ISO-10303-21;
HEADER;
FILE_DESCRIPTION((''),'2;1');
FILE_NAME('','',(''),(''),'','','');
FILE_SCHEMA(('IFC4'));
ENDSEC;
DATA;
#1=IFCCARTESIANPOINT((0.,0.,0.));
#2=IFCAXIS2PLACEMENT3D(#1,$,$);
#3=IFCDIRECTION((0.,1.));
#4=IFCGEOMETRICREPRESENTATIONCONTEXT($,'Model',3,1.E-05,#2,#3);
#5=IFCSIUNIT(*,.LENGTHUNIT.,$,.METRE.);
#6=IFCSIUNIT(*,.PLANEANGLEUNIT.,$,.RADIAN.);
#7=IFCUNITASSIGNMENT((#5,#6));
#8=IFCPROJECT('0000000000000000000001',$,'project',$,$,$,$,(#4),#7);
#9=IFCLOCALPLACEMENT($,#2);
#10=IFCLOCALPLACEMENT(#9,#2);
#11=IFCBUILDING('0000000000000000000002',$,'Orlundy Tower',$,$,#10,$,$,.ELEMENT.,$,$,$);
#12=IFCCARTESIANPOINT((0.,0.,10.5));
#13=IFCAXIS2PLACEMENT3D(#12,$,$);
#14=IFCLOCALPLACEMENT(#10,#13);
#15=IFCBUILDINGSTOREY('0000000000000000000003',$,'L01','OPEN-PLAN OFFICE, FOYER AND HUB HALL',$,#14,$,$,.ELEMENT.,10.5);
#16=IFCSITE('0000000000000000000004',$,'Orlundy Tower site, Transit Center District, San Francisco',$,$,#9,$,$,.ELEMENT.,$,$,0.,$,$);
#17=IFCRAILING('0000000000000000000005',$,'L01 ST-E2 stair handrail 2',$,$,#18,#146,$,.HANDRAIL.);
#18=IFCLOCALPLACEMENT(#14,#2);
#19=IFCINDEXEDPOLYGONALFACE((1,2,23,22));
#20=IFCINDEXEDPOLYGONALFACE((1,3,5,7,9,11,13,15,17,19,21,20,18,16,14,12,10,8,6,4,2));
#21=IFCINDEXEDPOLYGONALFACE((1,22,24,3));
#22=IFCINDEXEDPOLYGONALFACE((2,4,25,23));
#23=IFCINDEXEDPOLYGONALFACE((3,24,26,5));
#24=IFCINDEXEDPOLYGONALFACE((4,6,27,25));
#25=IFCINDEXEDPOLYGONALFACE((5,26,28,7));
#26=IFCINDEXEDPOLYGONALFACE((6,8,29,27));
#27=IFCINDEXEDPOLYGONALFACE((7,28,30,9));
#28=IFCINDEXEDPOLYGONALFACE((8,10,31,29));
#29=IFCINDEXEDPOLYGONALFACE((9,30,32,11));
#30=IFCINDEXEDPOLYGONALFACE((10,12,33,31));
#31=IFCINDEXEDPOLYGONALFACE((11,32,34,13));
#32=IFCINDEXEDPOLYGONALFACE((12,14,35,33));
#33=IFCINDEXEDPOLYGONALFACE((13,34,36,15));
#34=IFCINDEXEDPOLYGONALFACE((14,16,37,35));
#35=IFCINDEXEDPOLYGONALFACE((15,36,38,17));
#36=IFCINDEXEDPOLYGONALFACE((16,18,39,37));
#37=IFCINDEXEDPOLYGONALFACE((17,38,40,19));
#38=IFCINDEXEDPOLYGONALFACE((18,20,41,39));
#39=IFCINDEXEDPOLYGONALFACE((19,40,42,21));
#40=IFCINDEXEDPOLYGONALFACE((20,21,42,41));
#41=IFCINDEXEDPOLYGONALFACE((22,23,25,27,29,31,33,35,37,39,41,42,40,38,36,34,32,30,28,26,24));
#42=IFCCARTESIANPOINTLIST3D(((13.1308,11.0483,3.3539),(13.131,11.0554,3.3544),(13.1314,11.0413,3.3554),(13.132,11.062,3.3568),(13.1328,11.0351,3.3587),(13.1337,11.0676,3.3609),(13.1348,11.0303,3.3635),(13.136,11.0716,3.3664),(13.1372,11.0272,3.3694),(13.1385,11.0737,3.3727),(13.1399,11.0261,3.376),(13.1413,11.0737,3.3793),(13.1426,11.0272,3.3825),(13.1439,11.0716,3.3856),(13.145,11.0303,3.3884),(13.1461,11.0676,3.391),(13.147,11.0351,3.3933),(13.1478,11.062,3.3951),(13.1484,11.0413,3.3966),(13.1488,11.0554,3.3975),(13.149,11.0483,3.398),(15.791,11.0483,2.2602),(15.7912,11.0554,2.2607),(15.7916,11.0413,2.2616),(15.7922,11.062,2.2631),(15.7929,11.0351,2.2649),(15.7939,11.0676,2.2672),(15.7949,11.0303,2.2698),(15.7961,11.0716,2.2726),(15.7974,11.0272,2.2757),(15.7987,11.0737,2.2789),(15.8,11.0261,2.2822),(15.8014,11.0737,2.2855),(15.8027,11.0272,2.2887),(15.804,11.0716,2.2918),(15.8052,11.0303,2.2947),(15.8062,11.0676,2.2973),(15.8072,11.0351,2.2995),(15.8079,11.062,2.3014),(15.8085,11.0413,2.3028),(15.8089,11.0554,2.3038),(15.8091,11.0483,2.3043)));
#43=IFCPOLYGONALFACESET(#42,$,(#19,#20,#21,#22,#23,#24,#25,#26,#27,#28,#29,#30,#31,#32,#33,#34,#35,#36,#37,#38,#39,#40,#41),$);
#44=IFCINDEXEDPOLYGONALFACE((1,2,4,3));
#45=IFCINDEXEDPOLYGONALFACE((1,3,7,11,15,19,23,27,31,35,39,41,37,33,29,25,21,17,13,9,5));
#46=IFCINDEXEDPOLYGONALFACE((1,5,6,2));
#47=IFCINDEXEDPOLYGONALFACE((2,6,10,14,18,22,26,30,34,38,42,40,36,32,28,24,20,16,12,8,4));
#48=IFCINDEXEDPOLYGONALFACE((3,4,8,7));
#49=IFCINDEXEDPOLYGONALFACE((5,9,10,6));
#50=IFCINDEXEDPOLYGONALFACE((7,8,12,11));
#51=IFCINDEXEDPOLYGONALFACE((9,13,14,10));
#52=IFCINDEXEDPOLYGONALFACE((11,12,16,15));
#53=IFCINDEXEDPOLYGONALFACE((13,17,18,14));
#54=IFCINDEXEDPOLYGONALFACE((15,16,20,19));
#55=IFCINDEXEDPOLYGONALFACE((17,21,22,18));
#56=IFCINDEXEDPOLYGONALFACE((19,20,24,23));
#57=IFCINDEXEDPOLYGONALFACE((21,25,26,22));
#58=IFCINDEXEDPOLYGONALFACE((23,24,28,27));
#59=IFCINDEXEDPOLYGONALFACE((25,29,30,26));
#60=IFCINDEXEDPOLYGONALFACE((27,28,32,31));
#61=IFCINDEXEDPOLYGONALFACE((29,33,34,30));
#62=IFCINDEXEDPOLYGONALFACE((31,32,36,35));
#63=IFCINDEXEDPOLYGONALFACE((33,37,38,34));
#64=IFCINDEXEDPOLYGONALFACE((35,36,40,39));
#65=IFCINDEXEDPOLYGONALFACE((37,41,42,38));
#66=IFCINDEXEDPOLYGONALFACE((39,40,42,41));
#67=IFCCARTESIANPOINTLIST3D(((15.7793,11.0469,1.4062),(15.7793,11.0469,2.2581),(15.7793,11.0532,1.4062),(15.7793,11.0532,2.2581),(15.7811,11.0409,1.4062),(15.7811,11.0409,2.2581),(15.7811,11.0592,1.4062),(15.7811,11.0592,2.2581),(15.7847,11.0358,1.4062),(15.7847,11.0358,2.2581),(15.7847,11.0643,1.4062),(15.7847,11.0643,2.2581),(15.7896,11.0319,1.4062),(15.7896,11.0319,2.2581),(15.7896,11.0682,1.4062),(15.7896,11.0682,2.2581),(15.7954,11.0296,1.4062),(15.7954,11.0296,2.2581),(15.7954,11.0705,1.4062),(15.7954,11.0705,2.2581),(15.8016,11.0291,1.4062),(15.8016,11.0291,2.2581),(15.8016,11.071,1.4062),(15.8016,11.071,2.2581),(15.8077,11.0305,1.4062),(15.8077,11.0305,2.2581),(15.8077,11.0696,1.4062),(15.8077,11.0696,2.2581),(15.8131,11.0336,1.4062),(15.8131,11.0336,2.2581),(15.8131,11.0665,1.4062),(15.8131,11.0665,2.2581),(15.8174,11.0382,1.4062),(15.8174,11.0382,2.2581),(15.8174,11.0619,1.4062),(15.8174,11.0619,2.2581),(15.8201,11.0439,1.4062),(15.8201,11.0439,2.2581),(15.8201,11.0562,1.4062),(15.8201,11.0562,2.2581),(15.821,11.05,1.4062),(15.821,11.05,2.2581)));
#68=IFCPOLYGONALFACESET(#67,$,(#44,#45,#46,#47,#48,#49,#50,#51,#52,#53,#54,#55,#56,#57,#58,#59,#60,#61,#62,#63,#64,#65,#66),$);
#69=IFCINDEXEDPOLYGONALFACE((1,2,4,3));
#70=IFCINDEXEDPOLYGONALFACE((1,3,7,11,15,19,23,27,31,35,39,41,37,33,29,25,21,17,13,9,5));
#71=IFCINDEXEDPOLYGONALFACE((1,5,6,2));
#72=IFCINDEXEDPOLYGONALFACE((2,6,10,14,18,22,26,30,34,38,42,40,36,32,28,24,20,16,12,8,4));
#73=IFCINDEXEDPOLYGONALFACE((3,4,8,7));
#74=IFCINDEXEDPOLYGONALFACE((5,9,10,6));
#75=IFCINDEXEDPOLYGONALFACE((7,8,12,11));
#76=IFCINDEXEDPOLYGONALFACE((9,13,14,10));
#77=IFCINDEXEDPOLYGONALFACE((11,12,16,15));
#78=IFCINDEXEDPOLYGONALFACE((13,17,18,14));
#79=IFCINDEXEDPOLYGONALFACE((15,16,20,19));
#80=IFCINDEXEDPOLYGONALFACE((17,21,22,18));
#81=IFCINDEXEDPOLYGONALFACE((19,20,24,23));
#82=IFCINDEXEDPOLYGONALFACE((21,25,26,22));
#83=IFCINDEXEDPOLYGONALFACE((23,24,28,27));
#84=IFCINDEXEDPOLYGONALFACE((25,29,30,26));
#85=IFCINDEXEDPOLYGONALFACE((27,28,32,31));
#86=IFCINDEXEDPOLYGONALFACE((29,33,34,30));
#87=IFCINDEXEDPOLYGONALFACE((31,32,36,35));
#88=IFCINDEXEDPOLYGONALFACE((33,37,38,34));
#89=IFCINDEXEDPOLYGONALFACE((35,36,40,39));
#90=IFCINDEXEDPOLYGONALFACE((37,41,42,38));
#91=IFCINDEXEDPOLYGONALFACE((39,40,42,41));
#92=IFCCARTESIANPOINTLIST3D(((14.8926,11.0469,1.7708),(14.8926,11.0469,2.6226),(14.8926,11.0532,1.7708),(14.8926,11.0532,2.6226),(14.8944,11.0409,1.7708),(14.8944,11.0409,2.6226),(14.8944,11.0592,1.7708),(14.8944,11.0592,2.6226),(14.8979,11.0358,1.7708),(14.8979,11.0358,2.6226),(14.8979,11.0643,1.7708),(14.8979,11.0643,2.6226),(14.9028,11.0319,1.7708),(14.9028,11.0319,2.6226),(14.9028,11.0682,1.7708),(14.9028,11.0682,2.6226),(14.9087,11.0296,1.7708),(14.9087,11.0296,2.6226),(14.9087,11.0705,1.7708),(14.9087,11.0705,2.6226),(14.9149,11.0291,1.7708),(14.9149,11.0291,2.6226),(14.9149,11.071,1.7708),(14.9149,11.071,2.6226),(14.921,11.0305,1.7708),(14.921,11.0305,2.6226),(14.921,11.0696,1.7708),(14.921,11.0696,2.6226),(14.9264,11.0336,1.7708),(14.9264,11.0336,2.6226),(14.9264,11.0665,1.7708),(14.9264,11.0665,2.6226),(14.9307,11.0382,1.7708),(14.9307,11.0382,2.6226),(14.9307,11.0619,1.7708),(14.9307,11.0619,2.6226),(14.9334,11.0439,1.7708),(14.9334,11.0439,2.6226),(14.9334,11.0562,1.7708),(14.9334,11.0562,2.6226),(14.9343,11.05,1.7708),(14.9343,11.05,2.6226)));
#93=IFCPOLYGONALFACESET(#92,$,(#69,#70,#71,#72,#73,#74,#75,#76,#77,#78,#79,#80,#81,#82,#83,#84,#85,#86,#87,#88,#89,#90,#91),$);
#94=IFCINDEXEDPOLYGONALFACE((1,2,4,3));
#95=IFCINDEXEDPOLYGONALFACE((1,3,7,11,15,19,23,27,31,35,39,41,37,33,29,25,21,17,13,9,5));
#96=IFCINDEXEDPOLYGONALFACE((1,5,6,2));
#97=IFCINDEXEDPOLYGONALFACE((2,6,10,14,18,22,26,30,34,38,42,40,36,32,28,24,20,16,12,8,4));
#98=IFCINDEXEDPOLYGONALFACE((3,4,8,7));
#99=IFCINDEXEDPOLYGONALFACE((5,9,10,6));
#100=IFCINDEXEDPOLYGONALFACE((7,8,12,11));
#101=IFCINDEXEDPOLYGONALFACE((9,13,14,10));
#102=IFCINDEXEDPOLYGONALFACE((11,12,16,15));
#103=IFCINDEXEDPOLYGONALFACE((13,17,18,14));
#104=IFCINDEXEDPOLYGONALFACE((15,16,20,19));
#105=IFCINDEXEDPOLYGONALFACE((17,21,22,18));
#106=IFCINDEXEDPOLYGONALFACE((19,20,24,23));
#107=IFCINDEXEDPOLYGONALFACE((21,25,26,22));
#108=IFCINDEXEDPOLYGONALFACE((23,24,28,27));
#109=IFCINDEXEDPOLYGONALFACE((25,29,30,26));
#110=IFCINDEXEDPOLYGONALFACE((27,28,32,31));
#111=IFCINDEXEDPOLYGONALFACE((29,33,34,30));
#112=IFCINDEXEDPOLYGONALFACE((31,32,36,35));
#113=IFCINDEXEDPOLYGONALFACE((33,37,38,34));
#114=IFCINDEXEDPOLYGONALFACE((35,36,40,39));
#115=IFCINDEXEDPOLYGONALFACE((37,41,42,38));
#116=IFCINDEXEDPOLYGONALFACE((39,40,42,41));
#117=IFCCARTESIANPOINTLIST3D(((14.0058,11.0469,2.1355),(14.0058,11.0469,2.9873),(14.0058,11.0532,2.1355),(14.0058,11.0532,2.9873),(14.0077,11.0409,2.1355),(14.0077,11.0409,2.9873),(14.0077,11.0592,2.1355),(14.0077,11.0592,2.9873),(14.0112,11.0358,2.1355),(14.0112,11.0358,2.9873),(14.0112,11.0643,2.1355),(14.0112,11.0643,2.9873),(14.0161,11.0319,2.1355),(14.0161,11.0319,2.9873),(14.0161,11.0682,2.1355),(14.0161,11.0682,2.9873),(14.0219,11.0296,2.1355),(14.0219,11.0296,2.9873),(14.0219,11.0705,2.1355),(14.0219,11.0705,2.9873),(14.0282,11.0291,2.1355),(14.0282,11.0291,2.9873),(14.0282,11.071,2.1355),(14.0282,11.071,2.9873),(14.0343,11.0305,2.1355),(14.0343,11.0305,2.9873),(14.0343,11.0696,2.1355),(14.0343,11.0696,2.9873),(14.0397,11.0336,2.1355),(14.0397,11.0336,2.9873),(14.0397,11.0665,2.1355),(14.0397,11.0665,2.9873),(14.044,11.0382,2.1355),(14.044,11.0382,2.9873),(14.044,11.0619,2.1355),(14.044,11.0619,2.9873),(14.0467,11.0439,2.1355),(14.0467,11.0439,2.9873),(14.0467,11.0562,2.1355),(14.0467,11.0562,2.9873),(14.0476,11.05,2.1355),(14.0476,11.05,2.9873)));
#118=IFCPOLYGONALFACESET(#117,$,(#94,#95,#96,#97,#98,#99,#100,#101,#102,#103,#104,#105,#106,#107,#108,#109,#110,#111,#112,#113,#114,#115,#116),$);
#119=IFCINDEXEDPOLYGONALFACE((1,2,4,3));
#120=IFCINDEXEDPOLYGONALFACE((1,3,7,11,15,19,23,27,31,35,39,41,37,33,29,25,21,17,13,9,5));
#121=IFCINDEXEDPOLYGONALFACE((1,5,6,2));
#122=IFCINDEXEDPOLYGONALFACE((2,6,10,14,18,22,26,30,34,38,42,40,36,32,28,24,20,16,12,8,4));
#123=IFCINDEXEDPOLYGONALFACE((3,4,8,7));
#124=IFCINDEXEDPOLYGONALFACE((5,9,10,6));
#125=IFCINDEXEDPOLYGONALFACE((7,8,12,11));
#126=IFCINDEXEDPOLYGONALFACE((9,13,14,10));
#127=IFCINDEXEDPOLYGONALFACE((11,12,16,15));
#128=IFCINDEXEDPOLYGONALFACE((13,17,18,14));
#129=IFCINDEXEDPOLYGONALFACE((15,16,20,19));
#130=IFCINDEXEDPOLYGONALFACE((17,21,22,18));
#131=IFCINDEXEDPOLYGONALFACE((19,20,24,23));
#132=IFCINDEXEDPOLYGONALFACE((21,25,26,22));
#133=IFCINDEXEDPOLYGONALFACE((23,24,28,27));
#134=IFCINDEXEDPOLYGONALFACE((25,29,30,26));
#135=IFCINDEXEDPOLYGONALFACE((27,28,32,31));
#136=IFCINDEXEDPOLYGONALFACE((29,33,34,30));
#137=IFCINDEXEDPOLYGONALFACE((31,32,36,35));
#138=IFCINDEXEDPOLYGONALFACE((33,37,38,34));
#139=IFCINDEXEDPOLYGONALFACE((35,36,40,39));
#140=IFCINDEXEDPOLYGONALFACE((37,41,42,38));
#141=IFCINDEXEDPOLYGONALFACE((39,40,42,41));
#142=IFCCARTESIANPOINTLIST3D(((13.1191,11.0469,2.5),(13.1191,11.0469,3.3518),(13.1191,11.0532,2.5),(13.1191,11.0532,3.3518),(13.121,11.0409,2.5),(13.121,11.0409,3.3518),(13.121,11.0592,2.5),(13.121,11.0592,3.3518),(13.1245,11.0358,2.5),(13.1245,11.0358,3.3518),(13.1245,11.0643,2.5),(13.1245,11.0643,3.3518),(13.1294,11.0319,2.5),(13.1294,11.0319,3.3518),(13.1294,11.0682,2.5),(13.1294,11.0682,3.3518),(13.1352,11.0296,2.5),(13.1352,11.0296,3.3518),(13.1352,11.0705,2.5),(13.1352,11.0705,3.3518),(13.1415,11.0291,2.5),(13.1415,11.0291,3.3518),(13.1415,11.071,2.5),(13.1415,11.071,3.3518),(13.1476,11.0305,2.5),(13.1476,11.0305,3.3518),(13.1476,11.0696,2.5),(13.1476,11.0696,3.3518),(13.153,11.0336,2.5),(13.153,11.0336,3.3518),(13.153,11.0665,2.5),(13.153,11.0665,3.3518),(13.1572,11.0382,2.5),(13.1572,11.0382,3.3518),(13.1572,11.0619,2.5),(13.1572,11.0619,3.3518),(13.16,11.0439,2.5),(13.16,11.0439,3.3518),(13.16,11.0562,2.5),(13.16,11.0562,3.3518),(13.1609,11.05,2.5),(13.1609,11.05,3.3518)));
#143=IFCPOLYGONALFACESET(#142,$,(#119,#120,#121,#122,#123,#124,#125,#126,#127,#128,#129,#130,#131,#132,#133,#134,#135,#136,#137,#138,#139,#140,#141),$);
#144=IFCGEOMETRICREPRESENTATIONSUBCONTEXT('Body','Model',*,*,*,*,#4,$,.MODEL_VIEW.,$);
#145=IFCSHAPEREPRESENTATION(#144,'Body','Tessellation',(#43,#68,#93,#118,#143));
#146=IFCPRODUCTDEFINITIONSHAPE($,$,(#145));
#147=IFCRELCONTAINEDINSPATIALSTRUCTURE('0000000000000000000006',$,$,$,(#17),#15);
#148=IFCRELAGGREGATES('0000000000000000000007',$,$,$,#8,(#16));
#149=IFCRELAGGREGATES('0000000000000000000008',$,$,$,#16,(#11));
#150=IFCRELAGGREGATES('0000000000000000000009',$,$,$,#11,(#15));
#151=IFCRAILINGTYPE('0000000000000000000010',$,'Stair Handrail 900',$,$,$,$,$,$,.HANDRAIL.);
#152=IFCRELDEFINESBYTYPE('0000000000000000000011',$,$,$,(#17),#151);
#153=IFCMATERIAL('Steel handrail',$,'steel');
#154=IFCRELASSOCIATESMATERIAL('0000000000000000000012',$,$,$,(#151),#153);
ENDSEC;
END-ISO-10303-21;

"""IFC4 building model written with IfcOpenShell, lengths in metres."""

from ifc_helpers import new_model, si_unit, direction, frame, origin, origin_2d, place, context, subcontext, project, spatial, circle, extrude, material, type_object, element, save


model = new_model("IFC4")

# Units and contexts
model_context = context("Model", 3, precision=1e-05, world=origin(), true_north=direction((0.0, 1.0)))
body_context = subcontext(model_context, "Body", "Model", "MODEL_VIEW")
ifc_project = project(units=[si_unit("LENGTHUNIT", "METRE"), si_unit("PLANEANGLEUNIT", "RADIAN")], contexts=[model_context])

# Site, building, storey
site_placement = place(None, origin())
site = spatial("IfcSite", under=ifc_project, at=site_placement, Name="Orlundy Tower site, Transit Center District, San Francisco", CompositionType="ELEMENT", RefElevation=0.0)
building_placement = place(site_placement, origin())
building = spatial("IfcBuilding", under=site, at=building_placement, Name="Orlundy Tower", CompositionType="ELEMENT")
storey_placement = place(building_placement, frame((0.0, 0.0, 10.5)))
storey = spatial("IfcBuildingStorey", under=building, at=storey_placement, Name="L01", Description="OPEN-PLAN OFFICE, FOYER AND HUB HALL", CompositionType="ELEMENT", Elevation=10.5)

# Railing
ifc_material_1 = material(Name="Steel handrail", Category="steel")
railing_type_1 = type_object("IfcRailingType", Name="Stair Handrail 900", PredefinedType="HANDRAIL", material=ifc_material_1)
for number, where, name in (
    (1, (15.8, 11.05, 1.4062), "L01 ST-E2 stair handrail 2"),
):
    element("IfcRailing", number, at=place(storey_placement, frame(where)), inside=storey, type_object=railing_type_1, Name=name, PredefinedType="HANDRAIL", context=body_context, shape_type="SweptSolid", body=[
        extrude(circle(Radius=0.0239, at=origin_2d()), frame((0.0, 0.0, 0.876), z_axis=(-0.924875, 0.0, 0.380272), x_axis=(0.0, -1.0, 0.0)), (0.0, 0.0, 1.0), 2.8762),
        extrude(circle(Radius=0.021, at=origin_2d()), origin(), (0.0, 0.0, 1.0), 0.8518),
        extrude(circle(Radius=0.021, at=origin_2d()), frame((-0.8867, 0.0, 0.3645)), (0.0, 0.0, 1.0), 0.8518),
        extrude(circle(Radius=0.021, at=origin_2d()), frame((-1.7734, 0.0, 0.7292)), (0.0, 0.0, 1.0), 0.8518),
        extrude(circle(Radius=0.021, at=origin_2d()), frame((-2.6602, 0.0, 1.0938)), (0.0, 0.0, 1.0), 0.8518),
    ])

save(model, "model.ifc")
